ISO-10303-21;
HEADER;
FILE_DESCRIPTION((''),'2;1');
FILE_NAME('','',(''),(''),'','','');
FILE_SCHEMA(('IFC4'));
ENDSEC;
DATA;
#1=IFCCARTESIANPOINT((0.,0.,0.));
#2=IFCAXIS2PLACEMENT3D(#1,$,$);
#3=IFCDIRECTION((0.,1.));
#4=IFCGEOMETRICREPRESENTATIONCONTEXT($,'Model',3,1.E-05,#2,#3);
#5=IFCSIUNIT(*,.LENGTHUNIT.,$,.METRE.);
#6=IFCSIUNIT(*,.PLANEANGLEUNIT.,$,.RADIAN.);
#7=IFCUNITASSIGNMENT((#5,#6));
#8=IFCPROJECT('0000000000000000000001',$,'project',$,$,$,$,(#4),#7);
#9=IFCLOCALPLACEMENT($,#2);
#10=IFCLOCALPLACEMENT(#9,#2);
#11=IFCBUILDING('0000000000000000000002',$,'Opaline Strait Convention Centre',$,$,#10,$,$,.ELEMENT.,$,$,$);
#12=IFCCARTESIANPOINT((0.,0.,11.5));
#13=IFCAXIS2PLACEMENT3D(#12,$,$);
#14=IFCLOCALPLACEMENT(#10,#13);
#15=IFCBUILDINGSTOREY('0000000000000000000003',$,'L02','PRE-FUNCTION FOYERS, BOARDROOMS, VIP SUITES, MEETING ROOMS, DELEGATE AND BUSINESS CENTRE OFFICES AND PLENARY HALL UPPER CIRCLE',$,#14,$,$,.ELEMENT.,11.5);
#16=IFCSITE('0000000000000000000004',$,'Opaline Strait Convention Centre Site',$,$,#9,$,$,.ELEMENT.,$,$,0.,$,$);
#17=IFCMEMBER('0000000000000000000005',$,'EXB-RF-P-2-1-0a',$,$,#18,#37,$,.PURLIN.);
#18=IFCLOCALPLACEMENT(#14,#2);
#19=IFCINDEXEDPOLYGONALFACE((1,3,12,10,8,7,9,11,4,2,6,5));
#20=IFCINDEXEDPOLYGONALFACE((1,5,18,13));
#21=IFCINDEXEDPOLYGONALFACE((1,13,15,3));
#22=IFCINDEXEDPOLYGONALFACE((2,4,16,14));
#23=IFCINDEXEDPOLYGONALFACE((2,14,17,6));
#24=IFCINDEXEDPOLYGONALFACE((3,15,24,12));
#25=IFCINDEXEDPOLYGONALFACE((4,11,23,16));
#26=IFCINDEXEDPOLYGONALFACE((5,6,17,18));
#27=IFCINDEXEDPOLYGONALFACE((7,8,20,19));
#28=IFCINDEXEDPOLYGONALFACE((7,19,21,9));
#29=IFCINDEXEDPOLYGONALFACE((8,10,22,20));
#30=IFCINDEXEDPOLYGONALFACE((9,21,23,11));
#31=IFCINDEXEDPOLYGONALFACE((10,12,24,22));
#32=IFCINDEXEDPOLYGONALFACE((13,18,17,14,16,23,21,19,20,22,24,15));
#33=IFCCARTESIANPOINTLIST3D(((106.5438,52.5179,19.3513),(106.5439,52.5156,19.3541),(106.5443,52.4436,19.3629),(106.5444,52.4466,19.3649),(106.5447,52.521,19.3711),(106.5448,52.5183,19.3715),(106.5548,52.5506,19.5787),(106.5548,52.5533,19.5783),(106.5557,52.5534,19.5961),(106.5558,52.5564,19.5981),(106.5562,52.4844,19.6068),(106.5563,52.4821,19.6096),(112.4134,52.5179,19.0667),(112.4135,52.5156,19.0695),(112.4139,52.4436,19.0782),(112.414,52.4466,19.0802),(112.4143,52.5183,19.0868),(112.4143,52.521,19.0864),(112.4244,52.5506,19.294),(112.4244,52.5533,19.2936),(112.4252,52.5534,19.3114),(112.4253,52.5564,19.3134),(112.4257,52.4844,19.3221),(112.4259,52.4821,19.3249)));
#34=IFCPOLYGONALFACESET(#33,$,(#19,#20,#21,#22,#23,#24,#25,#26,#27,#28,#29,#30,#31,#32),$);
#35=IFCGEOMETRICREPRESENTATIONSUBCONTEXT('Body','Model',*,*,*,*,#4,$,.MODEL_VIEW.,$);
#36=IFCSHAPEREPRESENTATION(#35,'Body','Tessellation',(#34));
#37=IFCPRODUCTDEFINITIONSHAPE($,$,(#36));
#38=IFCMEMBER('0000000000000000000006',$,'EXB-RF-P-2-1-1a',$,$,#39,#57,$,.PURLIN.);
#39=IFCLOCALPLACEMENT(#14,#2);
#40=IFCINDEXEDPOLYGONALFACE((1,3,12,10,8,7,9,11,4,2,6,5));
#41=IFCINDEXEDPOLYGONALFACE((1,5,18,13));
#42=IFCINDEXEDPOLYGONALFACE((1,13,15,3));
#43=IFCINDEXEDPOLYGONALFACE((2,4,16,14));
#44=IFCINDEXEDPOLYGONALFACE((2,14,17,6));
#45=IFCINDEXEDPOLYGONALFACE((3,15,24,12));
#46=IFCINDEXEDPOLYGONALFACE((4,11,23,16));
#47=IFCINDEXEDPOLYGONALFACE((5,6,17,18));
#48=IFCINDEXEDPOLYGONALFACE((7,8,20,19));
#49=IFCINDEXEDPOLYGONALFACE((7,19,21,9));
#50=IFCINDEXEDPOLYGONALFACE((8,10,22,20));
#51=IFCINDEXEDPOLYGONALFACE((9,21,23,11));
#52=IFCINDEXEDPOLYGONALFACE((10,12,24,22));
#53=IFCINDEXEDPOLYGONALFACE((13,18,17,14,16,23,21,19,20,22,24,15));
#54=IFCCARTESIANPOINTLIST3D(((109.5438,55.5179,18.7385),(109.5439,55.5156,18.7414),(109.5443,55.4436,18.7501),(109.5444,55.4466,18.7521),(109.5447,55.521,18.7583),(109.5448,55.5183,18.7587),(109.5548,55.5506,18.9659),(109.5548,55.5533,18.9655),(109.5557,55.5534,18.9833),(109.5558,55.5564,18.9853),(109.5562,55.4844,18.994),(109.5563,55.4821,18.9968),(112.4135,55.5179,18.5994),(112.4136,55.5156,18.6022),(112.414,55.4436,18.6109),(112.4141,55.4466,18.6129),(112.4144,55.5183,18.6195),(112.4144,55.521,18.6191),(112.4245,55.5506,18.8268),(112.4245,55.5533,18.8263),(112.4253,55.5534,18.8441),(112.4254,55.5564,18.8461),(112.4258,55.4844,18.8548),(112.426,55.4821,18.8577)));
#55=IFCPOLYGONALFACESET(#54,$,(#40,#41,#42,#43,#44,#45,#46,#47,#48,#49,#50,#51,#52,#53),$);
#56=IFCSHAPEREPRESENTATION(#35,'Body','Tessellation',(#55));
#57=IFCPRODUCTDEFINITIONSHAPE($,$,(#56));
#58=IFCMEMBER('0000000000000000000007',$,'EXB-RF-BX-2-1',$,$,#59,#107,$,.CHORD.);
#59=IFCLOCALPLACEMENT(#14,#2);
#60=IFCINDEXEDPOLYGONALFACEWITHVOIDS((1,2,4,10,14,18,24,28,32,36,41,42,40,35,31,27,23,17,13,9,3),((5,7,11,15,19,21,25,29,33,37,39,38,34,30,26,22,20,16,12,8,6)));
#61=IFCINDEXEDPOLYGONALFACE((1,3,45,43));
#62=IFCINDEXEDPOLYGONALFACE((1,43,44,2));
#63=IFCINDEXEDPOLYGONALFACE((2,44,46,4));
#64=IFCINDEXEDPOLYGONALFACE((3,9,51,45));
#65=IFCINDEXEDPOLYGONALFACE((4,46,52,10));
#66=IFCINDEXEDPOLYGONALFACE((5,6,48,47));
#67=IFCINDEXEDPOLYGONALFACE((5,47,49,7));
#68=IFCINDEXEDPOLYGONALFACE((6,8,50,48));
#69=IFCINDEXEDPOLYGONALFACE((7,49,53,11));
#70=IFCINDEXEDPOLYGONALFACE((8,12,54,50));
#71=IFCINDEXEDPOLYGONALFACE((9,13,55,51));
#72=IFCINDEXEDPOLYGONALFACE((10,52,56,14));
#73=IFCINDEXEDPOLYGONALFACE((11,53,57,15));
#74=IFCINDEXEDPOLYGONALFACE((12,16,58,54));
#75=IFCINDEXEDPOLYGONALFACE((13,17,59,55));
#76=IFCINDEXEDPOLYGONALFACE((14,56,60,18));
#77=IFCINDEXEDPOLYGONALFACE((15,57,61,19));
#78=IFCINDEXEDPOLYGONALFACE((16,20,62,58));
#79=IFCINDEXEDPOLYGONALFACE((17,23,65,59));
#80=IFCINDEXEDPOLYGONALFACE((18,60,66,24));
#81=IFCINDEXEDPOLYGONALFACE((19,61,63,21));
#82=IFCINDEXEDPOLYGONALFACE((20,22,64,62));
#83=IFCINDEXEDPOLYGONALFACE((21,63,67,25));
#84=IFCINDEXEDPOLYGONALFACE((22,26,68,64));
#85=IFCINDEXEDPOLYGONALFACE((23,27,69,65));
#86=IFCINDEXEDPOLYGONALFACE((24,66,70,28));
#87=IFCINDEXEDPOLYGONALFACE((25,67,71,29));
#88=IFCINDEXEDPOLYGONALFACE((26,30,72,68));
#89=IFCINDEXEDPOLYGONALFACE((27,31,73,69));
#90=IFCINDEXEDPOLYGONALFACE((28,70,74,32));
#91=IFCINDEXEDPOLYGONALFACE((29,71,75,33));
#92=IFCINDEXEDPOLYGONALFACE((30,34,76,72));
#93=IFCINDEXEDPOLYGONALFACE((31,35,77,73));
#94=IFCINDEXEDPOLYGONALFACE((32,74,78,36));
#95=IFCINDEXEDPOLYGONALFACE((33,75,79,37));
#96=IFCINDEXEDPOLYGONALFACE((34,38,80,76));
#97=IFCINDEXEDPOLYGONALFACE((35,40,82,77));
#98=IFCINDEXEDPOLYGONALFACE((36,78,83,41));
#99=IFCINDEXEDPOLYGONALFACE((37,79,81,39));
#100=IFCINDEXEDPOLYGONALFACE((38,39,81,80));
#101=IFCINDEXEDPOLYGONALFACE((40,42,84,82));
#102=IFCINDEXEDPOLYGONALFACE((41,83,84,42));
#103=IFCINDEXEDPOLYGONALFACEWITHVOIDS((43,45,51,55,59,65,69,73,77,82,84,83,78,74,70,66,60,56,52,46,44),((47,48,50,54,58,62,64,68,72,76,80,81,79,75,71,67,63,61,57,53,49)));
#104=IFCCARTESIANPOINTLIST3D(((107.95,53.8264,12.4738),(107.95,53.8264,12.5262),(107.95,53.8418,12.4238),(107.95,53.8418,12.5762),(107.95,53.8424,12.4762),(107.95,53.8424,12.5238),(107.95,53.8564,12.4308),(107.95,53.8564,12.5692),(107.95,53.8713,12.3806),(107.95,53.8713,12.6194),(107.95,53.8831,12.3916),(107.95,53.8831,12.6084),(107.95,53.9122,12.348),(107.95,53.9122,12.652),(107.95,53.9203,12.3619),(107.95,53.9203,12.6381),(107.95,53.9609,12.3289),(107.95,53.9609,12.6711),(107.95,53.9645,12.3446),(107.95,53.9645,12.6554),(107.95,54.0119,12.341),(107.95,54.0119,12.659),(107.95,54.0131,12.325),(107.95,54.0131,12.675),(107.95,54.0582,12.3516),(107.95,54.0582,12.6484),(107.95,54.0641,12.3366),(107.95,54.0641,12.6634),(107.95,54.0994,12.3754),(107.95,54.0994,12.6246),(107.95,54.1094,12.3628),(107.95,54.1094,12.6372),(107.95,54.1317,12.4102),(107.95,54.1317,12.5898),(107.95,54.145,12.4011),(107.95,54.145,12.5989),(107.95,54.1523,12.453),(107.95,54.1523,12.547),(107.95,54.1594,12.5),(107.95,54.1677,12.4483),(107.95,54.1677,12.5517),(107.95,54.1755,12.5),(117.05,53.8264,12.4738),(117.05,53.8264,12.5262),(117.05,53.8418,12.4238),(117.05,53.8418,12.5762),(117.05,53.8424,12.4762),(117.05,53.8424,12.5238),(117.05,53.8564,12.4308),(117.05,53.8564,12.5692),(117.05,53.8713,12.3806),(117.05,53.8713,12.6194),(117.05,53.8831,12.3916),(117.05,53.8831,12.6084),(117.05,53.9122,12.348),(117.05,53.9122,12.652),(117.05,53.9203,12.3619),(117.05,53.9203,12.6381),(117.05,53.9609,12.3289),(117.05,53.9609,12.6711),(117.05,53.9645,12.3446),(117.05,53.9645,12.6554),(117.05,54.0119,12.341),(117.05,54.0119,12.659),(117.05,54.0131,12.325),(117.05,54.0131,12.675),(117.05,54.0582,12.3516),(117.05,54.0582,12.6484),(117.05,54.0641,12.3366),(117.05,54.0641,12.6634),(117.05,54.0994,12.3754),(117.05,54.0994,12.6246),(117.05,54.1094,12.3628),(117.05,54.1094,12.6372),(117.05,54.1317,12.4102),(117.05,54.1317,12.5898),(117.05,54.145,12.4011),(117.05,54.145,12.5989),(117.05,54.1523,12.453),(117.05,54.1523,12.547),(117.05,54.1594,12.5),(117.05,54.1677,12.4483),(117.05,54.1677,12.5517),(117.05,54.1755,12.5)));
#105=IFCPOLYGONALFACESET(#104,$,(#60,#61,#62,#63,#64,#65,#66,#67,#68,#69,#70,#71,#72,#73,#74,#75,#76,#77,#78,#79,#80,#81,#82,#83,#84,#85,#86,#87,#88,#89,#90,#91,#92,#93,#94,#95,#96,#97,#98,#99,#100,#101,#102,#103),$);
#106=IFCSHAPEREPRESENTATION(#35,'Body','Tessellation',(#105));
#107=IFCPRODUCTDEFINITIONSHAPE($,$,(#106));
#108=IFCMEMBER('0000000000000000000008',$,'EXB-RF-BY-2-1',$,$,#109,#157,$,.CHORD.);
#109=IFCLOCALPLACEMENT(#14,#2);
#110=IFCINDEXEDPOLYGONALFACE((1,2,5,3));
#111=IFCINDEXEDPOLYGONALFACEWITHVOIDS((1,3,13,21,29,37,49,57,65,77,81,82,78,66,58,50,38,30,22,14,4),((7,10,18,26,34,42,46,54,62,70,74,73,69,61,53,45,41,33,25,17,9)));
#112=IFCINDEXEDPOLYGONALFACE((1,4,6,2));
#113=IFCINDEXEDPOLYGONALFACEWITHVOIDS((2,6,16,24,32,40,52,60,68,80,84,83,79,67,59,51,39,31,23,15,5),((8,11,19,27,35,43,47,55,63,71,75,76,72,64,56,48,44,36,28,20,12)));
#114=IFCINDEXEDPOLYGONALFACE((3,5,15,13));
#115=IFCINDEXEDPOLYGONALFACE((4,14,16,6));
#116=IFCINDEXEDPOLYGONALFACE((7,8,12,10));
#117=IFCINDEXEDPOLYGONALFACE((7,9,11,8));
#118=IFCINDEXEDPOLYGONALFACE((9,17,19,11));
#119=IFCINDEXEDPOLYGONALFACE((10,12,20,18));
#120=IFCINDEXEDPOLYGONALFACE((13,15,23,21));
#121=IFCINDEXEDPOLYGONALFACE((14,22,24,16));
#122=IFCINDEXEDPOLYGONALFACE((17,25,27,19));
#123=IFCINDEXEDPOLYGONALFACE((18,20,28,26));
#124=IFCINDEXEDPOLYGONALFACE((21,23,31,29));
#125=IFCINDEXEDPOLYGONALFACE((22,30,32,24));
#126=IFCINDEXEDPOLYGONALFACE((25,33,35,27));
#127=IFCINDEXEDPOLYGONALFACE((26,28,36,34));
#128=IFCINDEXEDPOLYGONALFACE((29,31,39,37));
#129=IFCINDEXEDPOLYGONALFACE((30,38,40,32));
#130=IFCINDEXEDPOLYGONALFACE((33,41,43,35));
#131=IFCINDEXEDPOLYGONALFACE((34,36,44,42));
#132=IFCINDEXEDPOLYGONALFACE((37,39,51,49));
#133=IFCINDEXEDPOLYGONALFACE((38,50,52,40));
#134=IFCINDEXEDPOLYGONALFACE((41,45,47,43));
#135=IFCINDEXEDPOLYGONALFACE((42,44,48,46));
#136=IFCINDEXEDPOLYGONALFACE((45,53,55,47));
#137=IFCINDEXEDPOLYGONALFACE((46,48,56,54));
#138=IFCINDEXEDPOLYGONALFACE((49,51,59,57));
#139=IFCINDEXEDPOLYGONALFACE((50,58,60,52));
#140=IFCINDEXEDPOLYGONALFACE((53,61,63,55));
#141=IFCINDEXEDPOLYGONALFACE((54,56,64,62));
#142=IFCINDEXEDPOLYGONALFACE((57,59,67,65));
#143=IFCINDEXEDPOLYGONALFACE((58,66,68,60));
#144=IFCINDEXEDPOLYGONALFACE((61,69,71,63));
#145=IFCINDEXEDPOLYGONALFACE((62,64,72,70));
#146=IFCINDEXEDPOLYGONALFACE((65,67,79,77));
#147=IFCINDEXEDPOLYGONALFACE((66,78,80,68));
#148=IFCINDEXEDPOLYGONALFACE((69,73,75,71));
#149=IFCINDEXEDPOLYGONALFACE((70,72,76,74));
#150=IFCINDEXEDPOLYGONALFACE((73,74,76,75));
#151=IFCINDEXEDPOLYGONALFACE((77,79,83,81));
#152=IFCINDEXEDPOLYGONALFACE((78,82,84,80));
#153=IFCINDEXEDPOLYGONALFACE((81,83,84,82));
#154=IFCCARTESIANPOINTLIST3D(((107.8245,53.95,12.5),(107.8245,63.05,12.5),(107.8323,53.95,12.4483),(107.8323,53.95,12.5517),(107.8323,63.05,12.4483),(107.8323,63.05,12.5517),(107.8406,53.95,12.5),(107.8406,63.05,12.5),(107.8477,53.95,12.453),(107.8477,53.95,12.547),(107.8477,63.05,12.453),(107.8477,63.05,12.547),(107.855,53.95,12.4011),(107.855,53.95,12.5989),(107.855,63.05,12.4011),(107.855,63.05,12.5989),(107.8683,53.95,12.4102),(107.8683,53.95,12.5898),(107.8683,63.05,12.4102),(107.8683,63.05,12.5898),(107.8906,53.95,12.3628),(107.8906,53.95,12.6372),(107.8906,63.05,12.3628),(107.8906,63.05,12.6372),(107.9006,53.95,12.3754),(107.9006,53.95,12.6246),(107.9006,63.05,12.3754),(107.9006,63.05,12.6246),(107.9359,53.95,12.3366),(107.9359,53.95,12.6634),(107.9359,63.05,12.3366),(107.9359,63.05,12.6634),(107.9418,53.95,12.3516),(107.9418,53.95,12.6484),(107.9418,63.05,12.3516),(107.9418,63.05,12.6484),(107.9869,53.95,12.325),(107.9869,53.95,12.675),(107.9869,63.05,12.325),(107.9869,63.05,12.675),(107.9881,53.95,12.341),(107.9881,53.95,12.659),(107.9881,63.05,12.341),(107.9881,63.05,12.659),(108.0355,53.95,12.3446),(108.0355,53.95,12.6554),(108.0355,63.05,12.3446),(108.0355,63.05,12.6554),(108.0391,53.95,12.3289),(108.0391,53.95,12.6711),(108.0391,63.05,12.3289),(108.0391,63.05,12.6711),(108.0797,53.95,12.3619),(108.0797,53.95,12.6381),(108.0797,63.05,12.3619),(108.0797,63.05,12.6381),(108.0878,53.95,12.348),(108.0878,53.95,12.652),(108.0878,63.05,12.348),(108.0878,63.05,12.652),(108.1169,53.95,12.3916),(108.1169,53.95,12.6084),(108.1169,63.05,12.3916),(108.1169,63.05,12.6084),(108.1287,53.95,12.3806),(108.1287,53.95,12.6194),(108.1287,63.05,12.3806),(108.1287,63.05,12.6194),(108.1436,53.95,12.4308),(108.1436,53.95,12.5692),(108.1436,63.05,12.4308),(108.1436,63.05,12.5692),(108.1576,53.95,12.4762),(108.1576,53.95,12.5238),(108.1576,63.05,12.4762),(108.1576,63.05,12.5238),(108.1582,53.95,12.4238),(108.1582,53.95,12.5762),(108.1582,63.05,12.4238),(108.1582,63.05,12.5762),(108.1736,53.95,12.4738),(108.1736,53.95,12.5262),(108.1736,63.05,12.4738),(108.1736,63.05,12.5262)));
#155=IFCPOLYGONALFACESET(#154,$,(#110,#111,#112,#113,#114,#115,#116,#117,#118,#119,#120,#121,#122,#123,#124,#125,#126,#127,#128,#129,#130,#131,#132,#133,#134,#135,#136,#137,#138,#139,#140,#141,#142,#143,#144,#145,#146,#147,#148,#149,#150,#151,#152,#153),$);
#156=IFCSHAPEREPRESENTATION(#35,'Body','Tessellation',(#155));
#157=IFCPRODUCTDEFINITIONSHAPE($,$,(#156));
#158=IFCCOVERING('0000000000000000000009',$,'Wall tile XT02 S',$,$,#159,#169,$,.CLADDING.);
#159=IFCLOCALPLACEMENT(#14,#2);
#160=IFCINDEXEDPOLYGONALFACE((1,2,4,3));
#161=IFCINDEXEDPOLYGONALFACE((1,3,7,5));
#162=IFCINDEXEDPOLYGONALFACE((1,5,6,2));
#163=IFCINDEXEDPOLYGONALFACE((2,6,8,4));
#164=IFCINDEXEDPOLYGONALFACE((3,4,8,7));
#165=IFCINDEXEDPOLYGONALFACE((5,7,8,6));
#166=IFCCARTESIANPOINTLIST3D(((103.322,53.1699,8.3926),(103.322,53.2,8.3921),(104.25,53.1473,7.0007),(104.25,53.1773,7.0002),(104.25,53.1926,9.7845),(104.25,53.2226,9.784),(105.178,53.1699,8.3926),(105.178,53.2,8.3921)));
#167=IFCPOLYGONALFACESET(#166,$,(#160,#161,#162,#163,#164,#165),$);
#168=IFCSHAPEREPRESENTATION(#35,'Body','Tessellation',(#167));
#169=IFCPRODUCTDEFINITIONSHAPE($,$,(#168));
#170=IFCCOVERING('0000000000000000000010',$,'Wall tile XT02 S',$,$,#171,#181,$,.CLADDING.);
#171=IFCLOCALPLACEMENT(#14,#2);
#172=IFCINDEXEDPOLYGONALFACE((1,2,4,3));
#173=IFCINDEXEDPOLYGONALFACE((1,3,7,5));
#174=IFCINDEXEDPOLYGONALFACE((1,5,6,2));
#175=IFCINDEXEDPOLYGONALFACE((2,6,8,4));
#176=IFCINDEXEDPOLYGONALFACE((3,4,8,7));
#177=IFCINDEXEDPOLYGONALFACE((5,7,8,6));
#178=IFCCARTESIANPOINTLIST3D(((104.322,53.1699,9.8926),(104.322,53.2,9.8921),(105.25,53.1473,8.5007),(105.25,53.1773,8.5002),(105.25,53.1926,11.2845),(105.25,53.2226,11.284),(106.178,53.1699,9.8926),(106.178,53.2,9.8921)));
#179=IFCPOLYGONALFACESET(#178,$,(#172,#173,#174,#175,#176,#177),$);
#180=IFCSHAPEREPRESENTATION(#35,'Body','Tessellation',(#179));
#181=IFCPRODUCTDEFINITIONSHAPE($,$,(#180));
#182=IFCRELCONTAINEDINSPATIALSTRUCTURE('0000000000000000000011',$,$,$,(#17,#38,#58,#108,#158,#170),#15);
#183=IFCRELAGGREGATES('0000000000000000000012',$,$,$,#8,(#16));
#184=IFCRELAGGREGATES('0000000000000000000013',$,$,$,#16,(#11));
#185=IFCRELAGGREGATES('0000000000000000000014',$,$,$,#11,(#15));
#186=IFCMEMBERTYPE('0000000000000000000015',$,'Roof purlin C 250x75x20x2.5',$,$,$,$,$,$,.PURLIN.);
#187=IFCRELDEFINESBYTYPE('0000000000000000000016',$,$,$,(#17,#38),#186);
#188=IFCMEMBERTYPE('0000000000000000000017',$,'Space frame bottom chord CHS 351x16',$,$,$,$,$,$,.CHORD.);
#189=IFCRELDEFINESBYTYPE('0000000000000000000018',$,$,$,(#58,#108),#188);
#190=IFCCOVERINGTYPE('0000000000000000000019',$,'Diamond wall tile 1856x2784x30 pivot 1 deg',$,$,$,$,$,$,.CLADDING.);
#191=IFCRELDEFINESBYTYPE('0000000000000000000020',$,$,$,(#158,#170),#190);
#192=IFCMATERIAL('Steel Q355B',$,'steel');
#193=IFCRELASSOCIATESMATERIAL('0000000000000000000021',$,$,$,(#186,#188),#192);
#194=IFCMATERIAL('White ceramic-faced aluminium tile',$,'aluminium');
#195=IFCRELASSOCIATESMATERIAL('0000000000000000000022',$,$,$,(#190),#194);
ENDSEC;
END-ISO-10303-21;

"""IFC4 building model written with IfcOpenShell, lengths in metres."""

from ifc_helpers import new_model, si_unit, direction, frame, origin, origin_2d, place, context, subcontext, project, spatial, polyline, hollow_circle, outline, extrude, material, material_profile, profile_set, type_object, element, save


model = new_model("IFC4")

# Units and contexts
model_context = context("Model", 3, precision=1e-05, world=origin(), true_north=direction((0.0, 1.0)))
body_context = subcontext(model_context, "Body", "Model", "MODEL_VIEW")
ifc_project = project(units=[si_unit("LENGTHUNIT", "METRE"), si_unit("PLANEANGLEUNIT", "RADIAN")], contexts=[model_context])

# Site, building, storey
site_placement = place(None, origin())
site = spatial("IfcSite", under=ifc_project, at=site_placement, Name="Opaline Strait Convention Centre Site", CompositionType="ELEMENT", RefElevation=0.0)
building_placement = place(site_placement, origin())
building = spatial("IfcBuilding", under=site, at=building_placement, Name="Opaline Strait Convention Centre", CompositionType="ELEMENT")
storey_placement = place(building_placement, frame((0.0, 0.0, 11.5)))
storey = spatial("IfcBuildingStorey", under=building, at=storey_placement, Name="L02", Description="PRE-FUNCTION FOYERS, BOARDROOMS, VIP SUITES, MEETING ROOMS, DELEGATE AND BUSINESS CENTRE OFFICES AND PLENARY HALL UPPER CIRCLE", CompositionType="ELEMENT", Elevation=11.5)

# Members
ifc_material_1 = material(Name="Steel Q355B", Category="steel")
ifc_material_profile_1 = material_profile(ifc_material_1, outline(polyline([(-0.0376, -0.125), (0.0376, -0.125), (0.0376, -0.105), (0.0349, -0.105), (0.0349, -0.1226), (-0.0349, -0.1226), (-0.0349, 0.1226), (0.0349, 0.1226), (0.0349, 0.105), (0.0376, 0.105), (0.0376, 0.125), (-0.0376, 0.125), (-0.0376, -0.125)])), Name="C 250x75x20x2.5")
ifc_profile_set_1 = profile_set([ifc_material_profile_1], Name="Steel Q355B")
member_type_1 = type_object("IfcMemberType", Name="Roof purlin C 250x75x20x2.5", PredefinedType="PURLIN", material=ifc_profile_set_1)
member_1_placement = place(storey_placement, frame((106.55, 52.5, 19.4805), z_axis=(0.998826, 0.0, -0.048442), x_axis=(-0.007453, 0.988092, -0.153683)))
element("IfcMember", 1, at=member_1_placement, inside=storey, type_object=member_type_1, Name="EXB-RF-P-2-1-0a", PredefinedType="PURLIN", context=body_context, shape_type="SweptSolid", body=[
    extrude(outline(polyline([(-0.0376, -0.125), (0.0376, -0.125), (0.0376, -0.105), (0.0349, -0.105), (0.0349, -0.1226), (-0.0349, -0.1226), (-0.0349, 0.1226), (0.0349, 0.1226), (0.0349, 0.105), (0.0376, 0.105), (0.0376, 0.125), (-0.0376, 0.125), (-0.0376, -0.125)])), origin(), (0.0, 0.0, 1.0), 5.8765),
])
member_2_placement = place(storey_placement, frame((109.55, 55.5, 18.8677), z_axis=(0.998826, 0.0, -0.048437), x_axis=(-0.007453, 0.988092, -0.153683)))
element("IfcMember", 2, at=member_2_placement, inside=storey, type_object=member_type_1, Name="EXB-RF-P-2-1-1a", PredefinedType="PURLIN", context=body_context, shape_type="SweptSolid", body=[
    extrude(outline(polyline([(-0.0376, -0.125), (0.0376, -0.125), (0.0376, -0.105), (0.0349, -0.105), (0.0349, -0.1226), (-0.0349, -0.1226), (-0.0349, 0.1226), (0.0349, 0.1226), (0.0349, 0.105), (0.0376, 0.105), (0.0376, 0.125), (-0.0376, 0.125), (-0.0376, -0.125)])), origin(), (0.0, 0.0, 1.0), 2.873),
])
ifc_material_profile_2 = material_profile(ifc_material_1, hollow_circle(Radius=0.1755, WallThickness=0.0161, at=origin_2d()), Name="CHS 351x16")
ifc_profile_set_2 = profile_set([ifc_material_profile_2], Name="Steel Q355B")
member_type_2 = type_object("IfcMemberType", Name="Space frame bottom chord CHS 351x16", PredefinedType="CHORD", material=ifc_profile_set_2)
for number, where, z_axis, x_axis, name in (
    (3, (107.95, 54.0, 12.5), (1.0, 0.0, 0.0), (0.0, 1.0, 0.0), "EXB-RF-BX-2-1"),
    (4, (108.0, 53.95, 12.5), (0.0, 1.0, 0.0), (-1.0, 0.0, 0.0), "EXB-RF-BY-2-1"),
):
    element("IfcMember", number, at=place(storey_placement, frame(where, z_axis=z_axis, x_axis=x_axis)), inside=storey, type_object=member_type_2, Name=name, PredefinedType="CHORD", context=body_context, shape_type="SweptSolid", body=[
        extrude(hollow_circle(Radius=0.1755, WallThickness=0.0161, at=origin_2d()), origin(), (0.0, 0.0, 1.0), 9.1001),
    ])

# Coverings
ifc_material_2 = material(Name="White ceramic-faced aluminium tile", Category="aluminium")
ifc_material_profile_3 = material_profile(ifc_material_2, outline(polyline([(0.928, 0.0), (0.0, 1.3921), (-0.928, 0.0), (0.0, -1.3921), (0.928, 0.0)])), Name="Diamond tile 1856x2784")
ifc_profile_set_3 = profile_set([ifc_material_profile_3], Name="White ceramic-faced aluminium tile")
covering_type_1 = type_object("IfcCoveringType", Name="Diamond wall tile 1856x2784x30 pivot 1 deg", PredefinedType="CLADDING", material=ifc_profile_set_3)
for number, where, z_axis, x_axis, name in (
    (5, (104.25, 53.2, 8.3921), (0.0, -0.999868, 0.016258), (1.0, 0.0, 0.0), "Wall tile XT02 S"),
    (6, (105.25, 53.2, 9.8921), (0.0, -0.999868, 0.016258), (1.0, 0.0, 0.0), "Wall tile XT02 S"),
):
    element("IfcCovering", number, at=place(storey_placement, frame(where, z_axis=z_axis, x_axis=x_axis)), inside=storey, type_object=covering_type_1, Name=name, PredefinedType="CLADDING", context=body_context, shape_type="SweptSolid", body=[
        extrude(outline(polyline([(0.928, 0.0), (0.0, 1.3921), (-0.928, 0.0), (0.0, -1.3921), (0.928, 0.0)])), origin(), (0.0, 0.0, 1.0), 0.03),
    ])

save(model, "model.ifc")
